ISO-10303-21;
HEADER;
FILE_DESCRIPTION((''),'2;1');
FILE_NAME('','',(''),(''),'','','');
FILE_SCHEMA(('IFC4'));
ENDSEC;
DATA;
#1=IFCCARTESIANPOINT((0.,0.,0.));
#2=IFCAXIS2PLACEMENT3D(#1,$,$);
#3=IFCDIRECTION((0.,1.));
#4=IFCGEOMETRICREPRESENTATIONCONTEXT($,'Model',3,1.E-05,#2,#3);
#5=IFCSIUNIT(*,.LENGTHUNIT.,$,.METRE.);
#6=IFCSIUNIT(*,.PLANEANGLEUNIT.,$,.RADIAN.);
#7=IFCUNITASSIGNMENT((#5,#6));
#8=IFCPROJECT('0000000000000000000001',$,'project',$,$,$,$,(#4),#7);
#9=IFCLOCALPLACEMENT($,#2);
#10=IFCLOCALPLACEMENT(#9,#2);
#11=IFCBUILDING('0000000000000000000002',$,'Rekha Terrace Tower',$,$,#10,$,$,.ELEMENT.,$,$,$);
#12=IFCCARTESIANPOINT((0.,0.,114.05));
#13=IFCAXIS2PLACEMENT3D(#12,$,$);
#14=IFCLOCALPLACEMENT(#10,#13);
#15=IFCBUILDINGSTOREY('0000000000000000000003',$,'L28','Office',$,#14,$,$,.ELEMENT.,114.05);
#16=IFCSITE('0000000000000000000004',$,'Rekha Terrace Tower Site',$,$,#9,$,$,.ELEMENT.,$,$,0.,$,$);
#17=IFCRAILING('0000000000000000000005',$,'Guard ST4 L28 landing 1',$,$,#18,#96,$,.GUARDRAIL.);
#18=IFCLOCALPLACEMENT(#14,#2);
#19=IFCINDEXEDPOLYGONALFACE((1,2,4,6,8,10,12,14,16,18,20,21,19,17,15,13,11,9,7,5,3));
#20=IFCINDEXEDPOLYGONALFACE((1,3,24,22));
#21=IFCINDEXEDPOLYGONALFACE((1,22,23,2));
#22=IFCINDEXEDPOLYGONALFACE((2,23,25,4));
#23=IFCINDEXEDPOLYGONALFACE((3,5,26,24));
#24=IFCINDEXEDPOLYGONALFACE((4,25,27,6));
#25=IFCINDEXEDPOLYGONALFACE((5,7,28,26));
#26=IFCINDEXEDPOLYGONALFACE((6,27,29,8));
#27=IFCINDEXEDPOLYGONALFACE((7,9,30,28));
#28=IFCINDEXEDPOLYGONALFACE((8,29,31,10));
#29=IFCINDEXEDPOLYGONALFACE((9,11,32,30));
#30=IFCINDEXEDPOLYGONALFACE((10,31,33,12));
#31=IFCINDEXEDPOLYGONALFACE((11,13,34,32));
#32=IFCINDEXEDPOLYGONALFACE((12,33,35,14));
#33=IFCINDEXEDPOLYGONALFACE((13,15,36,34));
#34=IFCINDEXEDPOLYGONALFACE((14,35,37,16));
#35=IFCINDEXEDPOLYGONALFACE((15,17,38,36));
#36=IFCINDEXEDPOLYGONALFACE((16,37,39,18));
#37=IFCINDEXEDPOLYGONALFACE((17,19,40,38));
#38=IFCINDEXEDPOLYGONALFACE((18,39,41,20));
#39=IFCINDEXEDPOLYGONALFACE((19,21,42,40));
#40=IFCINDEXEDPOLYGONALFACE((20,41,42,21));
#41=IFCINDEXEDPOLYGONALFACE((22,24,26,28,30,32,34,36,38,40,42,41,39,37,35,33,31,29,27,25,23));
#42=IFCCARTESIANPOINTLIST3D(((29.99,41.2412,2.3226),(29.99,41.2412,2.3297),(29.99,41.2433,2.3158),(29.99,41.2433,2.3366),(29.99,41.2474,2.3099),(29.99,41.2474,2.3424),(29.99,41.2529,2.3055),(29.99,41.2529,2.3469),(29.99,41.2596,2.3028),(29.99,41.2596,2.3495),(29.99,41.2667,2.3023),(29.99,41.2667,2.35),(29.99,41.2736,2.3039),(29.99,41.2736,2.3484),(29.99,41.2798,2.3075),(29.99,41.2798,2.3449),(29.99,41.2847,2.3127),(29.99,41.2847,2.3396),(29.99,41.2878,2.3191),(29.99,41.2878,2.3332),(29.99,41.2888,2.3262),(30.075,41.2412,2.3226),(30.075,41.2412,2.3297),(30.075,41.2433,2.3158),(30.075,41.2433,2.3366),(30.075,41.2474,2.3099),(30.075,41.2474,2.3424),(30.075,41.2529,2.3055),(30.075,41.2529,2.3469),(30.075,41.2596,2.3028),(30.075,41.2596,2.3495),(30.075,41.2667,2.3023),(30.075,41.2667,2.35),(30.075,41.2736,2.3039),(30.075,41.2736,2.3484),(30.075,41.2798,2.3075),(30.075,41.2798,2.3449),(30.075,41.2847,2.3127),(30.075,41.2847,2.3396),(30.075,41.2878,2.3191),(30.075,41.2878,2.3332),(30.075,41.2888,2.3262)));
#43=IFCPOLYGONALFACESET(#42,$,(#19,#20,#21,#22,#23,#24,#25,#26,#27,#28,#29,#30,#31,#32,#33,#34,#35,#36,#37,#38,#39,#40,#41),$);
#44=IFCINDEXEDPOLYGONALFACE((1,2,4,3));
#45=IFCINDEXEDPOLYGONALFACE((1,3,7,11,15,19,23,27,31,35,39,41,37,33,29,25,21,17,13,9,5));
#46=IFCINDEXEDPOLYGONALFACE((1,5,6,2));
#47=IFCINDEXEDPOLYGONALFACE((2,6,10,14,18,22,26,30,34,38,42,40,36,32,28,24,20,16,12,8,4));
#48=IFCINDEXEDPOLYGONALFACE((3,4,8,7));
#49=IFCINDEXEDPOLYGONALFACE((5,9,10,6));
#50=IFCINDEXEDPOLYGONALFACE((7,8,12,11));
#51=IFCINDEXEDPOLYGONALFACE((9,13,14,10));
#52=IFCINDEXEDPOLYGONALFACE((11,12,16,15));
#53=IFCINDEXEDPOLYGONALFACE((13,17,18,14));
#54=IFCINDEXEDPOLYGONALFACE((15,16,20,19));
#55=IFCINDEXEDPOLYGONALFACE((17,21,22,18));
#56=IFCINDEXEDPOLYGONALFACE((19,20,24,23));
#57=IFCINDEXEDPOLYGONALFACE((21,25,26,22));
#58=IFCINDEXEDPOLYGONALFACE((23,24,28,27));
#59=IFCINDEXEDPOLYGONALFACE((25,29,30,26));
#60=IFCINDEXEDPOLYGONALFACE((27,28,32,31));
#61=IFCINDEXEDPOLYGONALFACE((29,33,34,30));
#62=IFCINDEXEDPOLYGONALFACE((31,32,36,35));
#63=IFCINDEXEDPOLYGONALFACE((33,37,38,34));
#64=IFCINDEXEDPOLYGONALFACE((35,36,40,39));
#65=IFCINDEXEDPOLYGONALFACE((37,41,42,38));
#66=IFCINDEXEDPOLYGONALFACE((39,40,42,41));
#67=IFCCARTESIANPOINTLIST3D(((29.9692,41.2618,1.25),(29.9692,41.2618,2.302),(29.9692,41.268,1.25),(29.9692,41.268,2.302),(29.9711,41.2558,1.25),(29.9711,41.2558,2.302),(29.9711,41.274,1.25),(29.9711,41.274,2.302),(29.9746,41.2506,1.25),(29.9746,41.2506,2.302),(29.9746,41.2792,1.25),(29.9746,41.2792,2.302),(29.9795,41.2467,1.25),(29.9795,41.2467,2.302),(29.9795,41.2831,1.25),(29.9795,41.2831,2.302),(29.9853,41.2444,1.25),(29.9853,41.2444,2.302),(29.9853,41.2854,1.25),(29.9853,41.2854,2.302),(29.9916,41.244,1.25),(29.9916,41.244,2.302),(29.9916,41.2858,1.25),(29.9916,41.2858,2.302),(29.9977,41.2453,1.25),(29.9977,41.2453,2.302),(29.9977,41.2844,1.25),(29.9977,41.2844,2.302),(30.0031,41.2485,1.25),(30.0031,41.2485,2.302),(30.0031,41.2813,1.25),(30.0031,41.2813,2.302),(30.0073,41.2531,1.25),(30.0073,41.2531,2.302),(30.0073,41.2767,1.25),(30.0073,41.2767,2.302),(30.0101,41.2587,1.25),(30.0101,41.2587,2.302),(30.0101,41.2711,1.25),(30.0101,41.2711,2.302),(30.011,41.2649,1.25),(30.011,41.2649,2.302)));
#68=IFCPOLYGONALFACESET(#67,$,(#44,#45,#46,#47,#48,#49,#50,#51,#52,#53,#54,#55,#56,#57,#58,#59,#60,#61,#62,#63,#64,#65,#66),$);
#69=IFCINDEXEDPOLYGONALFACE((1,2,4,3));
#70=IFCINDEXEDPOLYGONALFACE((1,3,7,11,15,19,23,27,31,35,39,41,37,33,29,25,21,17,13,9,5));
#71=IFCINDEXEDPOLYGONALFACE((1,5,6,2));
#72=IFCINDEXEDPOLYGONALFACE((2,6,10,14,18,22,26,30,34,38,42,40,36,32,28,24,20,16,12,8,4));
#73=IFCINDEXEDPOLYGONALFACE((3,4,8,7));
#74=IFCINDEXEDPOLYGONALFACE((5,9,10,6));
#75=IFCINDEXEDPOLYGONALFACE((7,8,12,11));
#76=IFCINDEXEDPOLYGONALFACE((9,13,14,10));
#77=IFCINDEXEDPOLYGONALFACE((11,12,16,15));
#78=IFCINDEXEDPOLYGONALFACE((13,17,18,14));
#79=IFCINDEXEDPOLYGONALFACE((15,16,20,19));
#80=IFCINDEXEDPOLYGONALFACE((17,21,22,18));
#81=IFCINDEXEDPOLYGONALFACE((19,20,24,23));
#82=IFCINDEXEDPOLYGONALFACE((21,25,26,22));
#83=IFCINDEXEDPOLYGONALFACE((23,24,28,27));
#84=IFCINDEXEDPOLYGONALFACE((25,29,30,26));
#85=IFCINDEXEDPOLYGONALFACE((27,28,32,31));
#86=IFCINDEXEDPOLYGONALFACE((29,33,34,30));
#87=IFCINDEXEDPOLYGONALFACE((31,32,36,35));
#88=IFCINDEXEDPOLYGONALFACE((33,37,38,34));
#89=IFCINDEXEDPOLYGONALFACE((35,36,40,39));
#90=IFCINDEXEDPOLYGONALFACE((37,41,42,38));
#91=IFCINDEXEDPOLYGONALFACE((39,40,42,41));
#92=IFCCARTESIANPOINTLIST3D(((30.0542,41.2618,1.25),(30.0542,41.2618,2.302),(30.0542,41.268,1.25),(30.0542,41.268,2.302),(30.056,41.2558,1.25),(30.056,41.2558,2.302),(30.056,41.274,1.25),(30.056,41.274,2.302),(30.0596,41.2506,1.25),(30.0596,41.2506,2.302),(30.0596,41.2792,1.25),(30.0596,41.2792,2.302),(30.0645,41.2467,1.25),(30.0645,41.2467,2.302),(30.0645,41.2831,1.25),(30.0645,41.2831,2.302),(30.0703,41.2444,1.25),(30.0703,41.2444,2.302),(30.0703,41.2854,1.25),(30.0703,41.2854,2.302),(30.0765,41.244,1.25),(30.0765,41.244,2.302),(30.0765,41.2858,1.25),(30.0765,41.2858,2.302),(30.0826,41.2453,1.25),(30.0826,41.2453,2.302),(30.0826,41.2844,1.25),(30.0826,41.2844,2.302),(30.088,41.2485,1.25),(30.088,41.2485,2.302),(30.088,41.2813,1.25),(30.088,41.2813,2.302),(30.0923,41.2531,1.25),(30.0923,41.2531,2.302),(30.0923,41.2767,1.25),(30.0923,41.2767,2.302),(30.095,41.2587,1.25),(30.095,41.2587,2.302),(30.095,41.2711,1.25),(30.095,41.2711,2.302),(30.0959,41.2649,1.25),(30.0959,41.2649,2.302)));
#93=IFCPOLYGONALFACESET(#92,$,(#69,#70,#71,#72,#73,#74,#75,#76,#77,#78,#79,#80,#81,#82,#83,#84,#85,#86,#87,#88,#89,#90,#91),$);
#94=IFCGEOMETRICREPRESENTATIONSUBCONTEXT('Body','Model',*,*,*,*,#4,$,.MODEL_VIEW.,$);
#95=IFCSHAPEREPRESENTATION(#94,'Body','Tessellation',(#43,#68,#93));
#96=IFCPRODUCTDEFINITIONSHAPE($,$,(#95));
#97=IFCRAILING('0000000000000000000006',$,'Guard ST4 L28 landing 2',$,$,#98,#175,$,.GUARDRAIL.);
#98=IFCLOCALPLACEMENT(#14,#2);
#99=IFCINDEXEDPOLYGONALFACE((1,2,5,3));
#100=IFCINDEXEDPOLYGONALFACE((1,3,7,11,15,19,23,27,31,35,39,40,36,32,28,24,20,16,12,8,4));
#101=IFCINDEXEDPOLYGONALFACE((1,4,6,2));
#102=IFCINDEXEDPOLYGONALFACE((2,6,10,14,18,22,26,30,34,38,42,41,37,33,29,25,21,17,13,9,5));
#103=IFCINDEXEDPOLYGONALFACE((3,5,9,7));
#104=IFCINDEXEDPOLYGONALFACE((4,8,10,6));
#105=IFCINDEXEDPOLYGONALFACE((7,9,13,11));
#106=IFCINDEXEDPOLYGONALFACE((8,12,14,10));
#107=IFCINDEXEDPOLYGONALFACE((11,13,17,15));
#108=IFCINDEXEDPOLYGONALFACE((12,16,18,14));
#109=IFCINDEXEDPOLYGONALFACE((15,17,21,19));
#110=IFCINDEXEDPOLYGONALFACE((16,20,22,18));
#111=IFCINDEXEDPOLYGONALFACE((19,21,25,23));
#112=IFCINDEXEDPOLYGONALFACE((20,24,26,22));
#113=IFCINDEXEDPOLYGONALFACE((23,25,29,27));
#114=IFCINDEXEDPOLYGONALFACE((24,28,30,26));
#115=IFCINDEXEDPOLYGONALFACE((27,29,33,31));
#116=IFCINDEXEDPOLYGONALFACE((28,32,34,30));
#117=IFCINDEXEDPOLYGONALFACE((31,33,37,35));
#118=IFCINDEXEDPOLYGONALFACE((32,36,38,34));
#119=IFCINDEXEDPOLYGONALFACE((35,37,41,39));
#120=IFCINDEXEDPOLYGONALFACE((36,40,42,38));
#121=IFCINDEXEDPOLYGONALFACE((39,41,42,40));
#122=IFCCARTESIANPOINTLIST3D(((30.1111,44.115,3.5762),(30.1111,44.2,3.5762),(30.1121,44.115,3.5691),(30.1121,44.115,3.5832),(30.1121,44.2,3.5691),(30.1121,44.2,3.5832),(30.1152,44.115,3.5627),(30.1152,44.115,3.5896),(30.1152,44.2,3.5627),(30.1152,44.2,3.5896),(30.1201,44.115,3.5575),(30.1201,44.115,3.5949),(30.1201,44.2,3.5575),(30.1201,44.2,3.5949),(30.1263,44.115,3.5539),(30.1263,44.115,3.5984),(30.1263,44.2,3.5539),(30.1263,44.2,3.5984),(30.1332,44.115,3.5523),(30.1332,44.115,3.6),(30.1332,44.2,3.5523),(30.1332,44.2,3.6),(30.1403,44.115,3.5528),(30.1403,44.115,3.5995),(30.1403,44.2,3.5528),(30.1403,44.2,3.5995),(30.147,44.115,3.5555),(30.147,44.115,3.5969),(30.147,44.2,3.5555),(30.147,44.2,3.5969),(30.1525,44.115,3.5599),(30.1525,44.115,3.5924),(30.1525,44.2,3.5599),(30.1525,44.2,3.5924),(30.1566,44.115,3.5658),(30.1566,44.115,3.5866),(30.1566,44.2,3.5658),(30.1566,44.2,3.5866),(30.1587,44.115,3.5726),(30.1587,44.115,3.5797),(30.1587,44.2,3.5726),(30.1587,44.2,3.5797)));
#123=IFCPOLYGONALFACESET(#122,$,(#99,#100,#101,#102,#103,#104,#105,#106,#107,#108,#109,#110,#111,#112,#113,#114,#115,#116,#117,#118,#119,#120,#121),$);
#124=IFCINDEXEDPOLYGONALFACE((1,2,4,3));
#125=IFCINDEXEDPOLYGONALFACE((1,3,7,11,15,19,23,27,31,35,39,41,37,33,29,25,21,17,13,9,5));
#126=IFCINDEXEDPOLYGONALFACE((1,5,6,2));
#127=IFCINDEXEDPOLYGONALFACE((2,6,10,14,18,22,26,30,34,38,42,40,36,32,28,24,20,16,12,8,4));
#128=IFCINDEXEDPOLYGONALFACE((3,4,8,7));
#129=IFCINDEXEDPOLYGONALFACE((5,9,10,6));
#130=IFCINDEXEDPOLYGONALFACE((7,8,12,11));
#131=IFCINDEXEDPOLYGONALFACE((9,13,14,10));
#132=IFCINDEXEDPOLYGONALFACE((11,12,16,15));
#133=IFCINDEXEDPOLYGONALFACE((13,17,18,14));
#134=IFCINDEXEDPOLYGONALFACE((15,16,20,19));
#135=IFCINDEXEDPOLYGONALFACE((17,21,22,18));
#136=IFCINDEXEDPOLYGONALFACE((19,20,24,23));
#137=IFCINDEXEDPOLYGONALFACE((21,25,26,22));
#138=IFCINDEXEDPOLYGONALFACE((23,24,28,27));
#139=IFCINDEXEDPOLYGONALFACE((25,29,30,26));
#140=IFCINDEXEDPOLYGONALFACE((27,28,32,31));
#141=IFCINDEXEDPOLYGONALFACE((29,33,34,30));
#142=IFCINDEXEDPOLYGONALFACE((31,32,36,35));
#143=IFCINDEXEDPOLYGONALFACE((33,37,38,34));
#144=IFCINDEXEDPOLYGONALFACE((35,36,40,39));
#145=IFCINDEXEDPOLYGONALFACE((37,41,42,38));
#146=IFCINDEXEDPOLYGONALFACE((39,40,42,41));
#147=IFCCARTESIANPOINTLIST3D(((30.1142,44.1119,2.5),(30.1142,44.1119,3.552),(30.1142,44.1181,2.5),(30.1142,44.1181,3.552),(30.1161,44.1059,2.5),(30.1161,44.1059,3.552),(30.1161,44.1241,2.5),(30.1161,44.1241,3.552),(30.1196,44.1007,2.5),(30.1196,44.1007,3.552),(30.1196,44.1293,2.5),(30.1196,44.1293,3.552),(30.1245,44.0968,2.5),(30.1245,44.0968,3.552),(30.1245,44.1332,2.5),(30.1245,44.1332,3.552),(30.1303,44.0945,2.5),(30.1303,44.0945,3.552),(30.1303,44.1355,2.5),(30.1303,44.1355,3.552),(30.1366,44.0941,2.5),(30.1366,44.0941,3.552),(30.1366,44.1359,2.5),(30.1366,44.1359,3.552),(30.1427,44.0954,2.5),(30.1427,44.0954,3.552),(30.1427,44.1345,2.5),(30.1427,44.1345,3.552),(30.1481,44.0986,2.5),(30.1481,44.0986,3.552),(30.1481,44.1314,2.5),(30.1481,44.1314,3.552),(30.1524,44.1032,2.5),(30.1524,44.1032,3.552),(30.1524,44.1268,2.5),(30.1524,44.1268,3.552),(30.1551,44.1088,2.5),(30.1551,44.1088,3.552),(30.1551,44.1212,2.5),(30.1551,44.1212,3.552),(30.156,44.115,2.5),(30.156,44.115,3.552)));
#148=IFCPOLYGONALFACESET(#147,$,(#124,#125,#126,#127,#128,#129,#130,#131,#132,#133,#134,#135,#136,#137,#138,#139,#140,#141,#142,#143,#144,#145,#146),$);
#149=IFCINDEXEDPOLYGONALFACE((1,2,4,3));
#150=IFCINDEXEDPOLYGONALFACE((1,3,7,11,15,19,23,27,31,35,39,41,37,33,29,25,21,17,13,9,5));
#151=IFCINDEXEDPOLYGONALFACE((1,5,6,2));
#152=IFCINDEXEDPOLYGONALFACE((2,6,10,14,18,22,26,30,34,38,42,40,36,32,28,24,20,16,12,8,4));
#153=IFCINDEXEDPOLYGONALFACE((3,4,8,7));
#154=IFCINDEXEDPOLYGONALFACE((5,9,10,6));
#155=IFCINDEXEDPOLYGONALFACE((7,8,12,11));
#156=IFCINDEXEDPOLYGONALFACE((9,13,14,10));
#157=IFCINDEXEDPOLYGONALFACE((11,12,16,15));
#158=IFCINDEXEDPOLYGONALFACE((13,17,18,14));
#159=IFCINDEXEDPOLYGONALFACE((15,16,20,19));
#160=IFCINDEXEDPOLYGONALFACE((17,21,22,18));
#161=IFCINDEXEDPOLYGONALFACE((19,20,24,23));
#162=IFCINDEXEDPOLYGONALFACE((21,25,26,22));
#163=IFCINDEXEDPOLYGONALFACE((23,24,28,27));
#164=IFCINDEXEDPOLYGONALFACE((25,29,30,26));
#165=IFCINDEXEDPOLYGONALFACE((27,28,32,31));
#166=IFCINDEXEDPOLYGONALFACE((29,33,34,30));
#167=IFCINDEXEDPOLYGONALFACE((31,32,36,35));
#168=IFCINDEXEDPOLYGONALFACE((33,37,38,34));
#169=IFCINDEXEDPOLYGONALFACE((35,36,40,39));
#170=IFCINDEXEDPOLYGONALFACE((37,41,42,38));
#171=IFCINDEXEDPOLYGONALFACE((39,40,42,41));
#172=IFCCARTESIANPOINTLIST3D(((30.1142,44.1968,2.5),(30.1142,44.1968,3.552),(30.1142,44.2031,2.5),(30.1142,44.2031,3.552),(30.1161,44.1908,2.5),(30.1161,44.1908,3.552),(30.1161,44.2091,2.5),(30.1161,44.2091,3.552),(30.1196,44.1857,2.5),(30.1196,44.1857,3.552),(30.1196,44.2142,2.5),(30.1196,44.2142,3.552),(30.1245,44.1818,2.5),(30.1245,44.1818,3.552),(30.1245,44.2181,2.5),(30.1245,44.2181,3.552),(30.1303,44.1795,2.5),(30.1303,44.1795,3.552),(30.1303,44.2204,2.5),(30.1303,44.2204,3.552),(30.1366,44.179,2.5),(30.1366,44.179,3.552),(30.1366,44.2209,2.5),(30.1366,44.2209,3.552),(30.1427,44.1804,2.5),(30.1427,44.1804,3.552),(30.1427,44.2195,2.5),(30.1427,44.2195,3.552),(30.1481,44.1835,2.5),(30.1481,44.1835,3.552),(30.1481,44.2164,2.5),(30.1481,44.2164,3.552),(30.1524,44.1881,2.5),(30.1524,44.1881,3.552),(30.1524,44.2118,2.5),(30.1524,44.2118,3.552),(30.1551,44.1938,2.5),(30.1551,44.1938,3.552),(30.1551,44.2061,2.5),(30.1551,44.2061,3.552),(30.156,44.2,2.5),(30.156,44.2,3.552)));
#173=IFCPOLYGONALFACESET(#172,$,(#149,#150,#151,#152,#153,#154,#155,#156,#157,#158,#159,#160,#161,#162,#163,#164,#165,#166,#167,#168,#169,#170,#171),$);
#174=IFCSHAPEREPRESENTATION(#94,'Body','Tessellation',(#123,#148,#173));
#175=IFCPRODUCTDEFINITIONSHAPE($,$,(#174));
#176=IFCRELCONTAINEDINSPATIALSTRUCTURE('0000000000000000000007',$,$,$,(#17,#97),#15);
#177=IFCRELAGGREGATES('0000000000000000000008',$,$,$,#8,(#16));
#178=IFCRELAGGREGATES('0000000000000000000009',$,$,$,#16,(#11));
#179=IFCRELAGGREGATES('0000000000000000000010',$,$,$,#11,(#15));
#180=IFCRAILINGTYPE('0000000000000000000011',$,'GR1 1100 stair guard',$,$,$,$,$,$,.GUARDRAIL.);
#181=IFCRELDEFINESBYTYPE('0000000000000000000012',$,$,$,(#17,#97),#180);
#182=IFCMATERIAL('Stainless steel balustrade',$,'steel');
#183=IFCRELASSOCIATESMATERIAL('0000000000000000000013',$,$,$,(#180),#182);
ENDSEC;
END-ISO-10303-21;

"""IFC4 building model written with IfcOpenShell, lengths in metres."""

from ifc_helpers import new_model, si_unit, direction, frame, origin, origin_2d, place, context, subcontext, project, spatial, circle, extrude, material, type_object, element, save


model = new_model("IFC4")

# Units and contexts
model_context = context("Model", 3, precision=1e-05, world=origin(), true_north=direction((0.0, 1.0)))
body_context = subcontext(model_context, "Body", "Model", "MODEL_VIEW")
ifc_project = project(units=[si_unit("LENGTHUNIT", "METRE"), si_unit("PLANEANGLEUNIT", "RADIAN")], contexts=[model_context])

# Site, building, storey
site_placement = place(None, origin())
site = spatial("IfcSite", under=ifc_project, at=site_placement, Name="Rekha Terrace Tower Site", CompositionType="ELEMENT", RefElevation=0.0)
building_placement = place(site_placement, origin())
building = spatial("IfcBuilding", under=site, at=building_placement, Name="Rekha Terrace Tower", CompositionType="ELEMENT")
storey_placement = place(building_placement, frame((0.0, 0.0, 114.05)))
storey = spatial("IfcBuildingStorey", under=building, at=storey_placement, Name="L28", Description="Office", CompositionType="ELEMENT", Elevation=114.05)

# Railings
ifc_material_1 = material(Name="Stainless steel balustrade", Category="steel")
railing_type_1 = type_object("IfcRailingType", Name="GR1 1100 stair guard", PredefinedType="GUARDRAIL", material=ifc_material_1)
railing_1_placement = place(storey_placement, frame((29.99, 41.2649, 1.25)))
element("IfcRailing", 1, at=railing_1_placement, inside=storey, type_object=railing_type_1, Name="Guard ST4 L28 landing 1", PredefinedType="GUARDRAIL", context=body_context, shape_type="SweptSolid", body=[
    extrude(circle(Radius=0.0239, at=origin_2d()), frame((0.0, 0.0, 1.0762), z_axis=(1.0, 0.0, 0.0), x_axis=(0.0, 1.0, 0.0)), (0.0, 0.0, 1.0), 0.085),
    extrude(circle(Radius=0.021, at=origin_2d()), origin(), (0.0, 0.0, 1.0), 1.052),
    extrude(circle(Radius=0.021, at=origin_2d()), frame((0.085, 0.0, 0.0)), (0.0, 0.0, 1.0), 1.052),
])
railing_2_placement = place(storey_placement, frame((30.135, 44.115, 2.5)))
element("IfcRailing", 2, at=railing_2_placement, inside=storey, type_object=railing_type_1, Name="Guard ST4 L28 landing 2", PredefinedType="GUARDRAIL", context=body_context, shape_type="SweptSolid", body=[
    extrude(circle(Radius=0.0239, at=origin_2d()), frame((0.0, 0.0, 1.0762), z_axis=(0.0, 1.0, 0.0), x_axis=(-1.0, 0.0, 0.0)), (0.0, 0.0, 1.0), 0.085),
    extrude(circle(Radius=0.021, at=origin_2d()), origin(), (0.0, 0.0, 1.0), 1.052),
    extrude(circle(Radius=0.021, at=origin_2d()), frame((0.0, 0.085, 0.0)), (0.0, 0.0, 1.0), 1.052),
])

save(model, "model.ifc")
